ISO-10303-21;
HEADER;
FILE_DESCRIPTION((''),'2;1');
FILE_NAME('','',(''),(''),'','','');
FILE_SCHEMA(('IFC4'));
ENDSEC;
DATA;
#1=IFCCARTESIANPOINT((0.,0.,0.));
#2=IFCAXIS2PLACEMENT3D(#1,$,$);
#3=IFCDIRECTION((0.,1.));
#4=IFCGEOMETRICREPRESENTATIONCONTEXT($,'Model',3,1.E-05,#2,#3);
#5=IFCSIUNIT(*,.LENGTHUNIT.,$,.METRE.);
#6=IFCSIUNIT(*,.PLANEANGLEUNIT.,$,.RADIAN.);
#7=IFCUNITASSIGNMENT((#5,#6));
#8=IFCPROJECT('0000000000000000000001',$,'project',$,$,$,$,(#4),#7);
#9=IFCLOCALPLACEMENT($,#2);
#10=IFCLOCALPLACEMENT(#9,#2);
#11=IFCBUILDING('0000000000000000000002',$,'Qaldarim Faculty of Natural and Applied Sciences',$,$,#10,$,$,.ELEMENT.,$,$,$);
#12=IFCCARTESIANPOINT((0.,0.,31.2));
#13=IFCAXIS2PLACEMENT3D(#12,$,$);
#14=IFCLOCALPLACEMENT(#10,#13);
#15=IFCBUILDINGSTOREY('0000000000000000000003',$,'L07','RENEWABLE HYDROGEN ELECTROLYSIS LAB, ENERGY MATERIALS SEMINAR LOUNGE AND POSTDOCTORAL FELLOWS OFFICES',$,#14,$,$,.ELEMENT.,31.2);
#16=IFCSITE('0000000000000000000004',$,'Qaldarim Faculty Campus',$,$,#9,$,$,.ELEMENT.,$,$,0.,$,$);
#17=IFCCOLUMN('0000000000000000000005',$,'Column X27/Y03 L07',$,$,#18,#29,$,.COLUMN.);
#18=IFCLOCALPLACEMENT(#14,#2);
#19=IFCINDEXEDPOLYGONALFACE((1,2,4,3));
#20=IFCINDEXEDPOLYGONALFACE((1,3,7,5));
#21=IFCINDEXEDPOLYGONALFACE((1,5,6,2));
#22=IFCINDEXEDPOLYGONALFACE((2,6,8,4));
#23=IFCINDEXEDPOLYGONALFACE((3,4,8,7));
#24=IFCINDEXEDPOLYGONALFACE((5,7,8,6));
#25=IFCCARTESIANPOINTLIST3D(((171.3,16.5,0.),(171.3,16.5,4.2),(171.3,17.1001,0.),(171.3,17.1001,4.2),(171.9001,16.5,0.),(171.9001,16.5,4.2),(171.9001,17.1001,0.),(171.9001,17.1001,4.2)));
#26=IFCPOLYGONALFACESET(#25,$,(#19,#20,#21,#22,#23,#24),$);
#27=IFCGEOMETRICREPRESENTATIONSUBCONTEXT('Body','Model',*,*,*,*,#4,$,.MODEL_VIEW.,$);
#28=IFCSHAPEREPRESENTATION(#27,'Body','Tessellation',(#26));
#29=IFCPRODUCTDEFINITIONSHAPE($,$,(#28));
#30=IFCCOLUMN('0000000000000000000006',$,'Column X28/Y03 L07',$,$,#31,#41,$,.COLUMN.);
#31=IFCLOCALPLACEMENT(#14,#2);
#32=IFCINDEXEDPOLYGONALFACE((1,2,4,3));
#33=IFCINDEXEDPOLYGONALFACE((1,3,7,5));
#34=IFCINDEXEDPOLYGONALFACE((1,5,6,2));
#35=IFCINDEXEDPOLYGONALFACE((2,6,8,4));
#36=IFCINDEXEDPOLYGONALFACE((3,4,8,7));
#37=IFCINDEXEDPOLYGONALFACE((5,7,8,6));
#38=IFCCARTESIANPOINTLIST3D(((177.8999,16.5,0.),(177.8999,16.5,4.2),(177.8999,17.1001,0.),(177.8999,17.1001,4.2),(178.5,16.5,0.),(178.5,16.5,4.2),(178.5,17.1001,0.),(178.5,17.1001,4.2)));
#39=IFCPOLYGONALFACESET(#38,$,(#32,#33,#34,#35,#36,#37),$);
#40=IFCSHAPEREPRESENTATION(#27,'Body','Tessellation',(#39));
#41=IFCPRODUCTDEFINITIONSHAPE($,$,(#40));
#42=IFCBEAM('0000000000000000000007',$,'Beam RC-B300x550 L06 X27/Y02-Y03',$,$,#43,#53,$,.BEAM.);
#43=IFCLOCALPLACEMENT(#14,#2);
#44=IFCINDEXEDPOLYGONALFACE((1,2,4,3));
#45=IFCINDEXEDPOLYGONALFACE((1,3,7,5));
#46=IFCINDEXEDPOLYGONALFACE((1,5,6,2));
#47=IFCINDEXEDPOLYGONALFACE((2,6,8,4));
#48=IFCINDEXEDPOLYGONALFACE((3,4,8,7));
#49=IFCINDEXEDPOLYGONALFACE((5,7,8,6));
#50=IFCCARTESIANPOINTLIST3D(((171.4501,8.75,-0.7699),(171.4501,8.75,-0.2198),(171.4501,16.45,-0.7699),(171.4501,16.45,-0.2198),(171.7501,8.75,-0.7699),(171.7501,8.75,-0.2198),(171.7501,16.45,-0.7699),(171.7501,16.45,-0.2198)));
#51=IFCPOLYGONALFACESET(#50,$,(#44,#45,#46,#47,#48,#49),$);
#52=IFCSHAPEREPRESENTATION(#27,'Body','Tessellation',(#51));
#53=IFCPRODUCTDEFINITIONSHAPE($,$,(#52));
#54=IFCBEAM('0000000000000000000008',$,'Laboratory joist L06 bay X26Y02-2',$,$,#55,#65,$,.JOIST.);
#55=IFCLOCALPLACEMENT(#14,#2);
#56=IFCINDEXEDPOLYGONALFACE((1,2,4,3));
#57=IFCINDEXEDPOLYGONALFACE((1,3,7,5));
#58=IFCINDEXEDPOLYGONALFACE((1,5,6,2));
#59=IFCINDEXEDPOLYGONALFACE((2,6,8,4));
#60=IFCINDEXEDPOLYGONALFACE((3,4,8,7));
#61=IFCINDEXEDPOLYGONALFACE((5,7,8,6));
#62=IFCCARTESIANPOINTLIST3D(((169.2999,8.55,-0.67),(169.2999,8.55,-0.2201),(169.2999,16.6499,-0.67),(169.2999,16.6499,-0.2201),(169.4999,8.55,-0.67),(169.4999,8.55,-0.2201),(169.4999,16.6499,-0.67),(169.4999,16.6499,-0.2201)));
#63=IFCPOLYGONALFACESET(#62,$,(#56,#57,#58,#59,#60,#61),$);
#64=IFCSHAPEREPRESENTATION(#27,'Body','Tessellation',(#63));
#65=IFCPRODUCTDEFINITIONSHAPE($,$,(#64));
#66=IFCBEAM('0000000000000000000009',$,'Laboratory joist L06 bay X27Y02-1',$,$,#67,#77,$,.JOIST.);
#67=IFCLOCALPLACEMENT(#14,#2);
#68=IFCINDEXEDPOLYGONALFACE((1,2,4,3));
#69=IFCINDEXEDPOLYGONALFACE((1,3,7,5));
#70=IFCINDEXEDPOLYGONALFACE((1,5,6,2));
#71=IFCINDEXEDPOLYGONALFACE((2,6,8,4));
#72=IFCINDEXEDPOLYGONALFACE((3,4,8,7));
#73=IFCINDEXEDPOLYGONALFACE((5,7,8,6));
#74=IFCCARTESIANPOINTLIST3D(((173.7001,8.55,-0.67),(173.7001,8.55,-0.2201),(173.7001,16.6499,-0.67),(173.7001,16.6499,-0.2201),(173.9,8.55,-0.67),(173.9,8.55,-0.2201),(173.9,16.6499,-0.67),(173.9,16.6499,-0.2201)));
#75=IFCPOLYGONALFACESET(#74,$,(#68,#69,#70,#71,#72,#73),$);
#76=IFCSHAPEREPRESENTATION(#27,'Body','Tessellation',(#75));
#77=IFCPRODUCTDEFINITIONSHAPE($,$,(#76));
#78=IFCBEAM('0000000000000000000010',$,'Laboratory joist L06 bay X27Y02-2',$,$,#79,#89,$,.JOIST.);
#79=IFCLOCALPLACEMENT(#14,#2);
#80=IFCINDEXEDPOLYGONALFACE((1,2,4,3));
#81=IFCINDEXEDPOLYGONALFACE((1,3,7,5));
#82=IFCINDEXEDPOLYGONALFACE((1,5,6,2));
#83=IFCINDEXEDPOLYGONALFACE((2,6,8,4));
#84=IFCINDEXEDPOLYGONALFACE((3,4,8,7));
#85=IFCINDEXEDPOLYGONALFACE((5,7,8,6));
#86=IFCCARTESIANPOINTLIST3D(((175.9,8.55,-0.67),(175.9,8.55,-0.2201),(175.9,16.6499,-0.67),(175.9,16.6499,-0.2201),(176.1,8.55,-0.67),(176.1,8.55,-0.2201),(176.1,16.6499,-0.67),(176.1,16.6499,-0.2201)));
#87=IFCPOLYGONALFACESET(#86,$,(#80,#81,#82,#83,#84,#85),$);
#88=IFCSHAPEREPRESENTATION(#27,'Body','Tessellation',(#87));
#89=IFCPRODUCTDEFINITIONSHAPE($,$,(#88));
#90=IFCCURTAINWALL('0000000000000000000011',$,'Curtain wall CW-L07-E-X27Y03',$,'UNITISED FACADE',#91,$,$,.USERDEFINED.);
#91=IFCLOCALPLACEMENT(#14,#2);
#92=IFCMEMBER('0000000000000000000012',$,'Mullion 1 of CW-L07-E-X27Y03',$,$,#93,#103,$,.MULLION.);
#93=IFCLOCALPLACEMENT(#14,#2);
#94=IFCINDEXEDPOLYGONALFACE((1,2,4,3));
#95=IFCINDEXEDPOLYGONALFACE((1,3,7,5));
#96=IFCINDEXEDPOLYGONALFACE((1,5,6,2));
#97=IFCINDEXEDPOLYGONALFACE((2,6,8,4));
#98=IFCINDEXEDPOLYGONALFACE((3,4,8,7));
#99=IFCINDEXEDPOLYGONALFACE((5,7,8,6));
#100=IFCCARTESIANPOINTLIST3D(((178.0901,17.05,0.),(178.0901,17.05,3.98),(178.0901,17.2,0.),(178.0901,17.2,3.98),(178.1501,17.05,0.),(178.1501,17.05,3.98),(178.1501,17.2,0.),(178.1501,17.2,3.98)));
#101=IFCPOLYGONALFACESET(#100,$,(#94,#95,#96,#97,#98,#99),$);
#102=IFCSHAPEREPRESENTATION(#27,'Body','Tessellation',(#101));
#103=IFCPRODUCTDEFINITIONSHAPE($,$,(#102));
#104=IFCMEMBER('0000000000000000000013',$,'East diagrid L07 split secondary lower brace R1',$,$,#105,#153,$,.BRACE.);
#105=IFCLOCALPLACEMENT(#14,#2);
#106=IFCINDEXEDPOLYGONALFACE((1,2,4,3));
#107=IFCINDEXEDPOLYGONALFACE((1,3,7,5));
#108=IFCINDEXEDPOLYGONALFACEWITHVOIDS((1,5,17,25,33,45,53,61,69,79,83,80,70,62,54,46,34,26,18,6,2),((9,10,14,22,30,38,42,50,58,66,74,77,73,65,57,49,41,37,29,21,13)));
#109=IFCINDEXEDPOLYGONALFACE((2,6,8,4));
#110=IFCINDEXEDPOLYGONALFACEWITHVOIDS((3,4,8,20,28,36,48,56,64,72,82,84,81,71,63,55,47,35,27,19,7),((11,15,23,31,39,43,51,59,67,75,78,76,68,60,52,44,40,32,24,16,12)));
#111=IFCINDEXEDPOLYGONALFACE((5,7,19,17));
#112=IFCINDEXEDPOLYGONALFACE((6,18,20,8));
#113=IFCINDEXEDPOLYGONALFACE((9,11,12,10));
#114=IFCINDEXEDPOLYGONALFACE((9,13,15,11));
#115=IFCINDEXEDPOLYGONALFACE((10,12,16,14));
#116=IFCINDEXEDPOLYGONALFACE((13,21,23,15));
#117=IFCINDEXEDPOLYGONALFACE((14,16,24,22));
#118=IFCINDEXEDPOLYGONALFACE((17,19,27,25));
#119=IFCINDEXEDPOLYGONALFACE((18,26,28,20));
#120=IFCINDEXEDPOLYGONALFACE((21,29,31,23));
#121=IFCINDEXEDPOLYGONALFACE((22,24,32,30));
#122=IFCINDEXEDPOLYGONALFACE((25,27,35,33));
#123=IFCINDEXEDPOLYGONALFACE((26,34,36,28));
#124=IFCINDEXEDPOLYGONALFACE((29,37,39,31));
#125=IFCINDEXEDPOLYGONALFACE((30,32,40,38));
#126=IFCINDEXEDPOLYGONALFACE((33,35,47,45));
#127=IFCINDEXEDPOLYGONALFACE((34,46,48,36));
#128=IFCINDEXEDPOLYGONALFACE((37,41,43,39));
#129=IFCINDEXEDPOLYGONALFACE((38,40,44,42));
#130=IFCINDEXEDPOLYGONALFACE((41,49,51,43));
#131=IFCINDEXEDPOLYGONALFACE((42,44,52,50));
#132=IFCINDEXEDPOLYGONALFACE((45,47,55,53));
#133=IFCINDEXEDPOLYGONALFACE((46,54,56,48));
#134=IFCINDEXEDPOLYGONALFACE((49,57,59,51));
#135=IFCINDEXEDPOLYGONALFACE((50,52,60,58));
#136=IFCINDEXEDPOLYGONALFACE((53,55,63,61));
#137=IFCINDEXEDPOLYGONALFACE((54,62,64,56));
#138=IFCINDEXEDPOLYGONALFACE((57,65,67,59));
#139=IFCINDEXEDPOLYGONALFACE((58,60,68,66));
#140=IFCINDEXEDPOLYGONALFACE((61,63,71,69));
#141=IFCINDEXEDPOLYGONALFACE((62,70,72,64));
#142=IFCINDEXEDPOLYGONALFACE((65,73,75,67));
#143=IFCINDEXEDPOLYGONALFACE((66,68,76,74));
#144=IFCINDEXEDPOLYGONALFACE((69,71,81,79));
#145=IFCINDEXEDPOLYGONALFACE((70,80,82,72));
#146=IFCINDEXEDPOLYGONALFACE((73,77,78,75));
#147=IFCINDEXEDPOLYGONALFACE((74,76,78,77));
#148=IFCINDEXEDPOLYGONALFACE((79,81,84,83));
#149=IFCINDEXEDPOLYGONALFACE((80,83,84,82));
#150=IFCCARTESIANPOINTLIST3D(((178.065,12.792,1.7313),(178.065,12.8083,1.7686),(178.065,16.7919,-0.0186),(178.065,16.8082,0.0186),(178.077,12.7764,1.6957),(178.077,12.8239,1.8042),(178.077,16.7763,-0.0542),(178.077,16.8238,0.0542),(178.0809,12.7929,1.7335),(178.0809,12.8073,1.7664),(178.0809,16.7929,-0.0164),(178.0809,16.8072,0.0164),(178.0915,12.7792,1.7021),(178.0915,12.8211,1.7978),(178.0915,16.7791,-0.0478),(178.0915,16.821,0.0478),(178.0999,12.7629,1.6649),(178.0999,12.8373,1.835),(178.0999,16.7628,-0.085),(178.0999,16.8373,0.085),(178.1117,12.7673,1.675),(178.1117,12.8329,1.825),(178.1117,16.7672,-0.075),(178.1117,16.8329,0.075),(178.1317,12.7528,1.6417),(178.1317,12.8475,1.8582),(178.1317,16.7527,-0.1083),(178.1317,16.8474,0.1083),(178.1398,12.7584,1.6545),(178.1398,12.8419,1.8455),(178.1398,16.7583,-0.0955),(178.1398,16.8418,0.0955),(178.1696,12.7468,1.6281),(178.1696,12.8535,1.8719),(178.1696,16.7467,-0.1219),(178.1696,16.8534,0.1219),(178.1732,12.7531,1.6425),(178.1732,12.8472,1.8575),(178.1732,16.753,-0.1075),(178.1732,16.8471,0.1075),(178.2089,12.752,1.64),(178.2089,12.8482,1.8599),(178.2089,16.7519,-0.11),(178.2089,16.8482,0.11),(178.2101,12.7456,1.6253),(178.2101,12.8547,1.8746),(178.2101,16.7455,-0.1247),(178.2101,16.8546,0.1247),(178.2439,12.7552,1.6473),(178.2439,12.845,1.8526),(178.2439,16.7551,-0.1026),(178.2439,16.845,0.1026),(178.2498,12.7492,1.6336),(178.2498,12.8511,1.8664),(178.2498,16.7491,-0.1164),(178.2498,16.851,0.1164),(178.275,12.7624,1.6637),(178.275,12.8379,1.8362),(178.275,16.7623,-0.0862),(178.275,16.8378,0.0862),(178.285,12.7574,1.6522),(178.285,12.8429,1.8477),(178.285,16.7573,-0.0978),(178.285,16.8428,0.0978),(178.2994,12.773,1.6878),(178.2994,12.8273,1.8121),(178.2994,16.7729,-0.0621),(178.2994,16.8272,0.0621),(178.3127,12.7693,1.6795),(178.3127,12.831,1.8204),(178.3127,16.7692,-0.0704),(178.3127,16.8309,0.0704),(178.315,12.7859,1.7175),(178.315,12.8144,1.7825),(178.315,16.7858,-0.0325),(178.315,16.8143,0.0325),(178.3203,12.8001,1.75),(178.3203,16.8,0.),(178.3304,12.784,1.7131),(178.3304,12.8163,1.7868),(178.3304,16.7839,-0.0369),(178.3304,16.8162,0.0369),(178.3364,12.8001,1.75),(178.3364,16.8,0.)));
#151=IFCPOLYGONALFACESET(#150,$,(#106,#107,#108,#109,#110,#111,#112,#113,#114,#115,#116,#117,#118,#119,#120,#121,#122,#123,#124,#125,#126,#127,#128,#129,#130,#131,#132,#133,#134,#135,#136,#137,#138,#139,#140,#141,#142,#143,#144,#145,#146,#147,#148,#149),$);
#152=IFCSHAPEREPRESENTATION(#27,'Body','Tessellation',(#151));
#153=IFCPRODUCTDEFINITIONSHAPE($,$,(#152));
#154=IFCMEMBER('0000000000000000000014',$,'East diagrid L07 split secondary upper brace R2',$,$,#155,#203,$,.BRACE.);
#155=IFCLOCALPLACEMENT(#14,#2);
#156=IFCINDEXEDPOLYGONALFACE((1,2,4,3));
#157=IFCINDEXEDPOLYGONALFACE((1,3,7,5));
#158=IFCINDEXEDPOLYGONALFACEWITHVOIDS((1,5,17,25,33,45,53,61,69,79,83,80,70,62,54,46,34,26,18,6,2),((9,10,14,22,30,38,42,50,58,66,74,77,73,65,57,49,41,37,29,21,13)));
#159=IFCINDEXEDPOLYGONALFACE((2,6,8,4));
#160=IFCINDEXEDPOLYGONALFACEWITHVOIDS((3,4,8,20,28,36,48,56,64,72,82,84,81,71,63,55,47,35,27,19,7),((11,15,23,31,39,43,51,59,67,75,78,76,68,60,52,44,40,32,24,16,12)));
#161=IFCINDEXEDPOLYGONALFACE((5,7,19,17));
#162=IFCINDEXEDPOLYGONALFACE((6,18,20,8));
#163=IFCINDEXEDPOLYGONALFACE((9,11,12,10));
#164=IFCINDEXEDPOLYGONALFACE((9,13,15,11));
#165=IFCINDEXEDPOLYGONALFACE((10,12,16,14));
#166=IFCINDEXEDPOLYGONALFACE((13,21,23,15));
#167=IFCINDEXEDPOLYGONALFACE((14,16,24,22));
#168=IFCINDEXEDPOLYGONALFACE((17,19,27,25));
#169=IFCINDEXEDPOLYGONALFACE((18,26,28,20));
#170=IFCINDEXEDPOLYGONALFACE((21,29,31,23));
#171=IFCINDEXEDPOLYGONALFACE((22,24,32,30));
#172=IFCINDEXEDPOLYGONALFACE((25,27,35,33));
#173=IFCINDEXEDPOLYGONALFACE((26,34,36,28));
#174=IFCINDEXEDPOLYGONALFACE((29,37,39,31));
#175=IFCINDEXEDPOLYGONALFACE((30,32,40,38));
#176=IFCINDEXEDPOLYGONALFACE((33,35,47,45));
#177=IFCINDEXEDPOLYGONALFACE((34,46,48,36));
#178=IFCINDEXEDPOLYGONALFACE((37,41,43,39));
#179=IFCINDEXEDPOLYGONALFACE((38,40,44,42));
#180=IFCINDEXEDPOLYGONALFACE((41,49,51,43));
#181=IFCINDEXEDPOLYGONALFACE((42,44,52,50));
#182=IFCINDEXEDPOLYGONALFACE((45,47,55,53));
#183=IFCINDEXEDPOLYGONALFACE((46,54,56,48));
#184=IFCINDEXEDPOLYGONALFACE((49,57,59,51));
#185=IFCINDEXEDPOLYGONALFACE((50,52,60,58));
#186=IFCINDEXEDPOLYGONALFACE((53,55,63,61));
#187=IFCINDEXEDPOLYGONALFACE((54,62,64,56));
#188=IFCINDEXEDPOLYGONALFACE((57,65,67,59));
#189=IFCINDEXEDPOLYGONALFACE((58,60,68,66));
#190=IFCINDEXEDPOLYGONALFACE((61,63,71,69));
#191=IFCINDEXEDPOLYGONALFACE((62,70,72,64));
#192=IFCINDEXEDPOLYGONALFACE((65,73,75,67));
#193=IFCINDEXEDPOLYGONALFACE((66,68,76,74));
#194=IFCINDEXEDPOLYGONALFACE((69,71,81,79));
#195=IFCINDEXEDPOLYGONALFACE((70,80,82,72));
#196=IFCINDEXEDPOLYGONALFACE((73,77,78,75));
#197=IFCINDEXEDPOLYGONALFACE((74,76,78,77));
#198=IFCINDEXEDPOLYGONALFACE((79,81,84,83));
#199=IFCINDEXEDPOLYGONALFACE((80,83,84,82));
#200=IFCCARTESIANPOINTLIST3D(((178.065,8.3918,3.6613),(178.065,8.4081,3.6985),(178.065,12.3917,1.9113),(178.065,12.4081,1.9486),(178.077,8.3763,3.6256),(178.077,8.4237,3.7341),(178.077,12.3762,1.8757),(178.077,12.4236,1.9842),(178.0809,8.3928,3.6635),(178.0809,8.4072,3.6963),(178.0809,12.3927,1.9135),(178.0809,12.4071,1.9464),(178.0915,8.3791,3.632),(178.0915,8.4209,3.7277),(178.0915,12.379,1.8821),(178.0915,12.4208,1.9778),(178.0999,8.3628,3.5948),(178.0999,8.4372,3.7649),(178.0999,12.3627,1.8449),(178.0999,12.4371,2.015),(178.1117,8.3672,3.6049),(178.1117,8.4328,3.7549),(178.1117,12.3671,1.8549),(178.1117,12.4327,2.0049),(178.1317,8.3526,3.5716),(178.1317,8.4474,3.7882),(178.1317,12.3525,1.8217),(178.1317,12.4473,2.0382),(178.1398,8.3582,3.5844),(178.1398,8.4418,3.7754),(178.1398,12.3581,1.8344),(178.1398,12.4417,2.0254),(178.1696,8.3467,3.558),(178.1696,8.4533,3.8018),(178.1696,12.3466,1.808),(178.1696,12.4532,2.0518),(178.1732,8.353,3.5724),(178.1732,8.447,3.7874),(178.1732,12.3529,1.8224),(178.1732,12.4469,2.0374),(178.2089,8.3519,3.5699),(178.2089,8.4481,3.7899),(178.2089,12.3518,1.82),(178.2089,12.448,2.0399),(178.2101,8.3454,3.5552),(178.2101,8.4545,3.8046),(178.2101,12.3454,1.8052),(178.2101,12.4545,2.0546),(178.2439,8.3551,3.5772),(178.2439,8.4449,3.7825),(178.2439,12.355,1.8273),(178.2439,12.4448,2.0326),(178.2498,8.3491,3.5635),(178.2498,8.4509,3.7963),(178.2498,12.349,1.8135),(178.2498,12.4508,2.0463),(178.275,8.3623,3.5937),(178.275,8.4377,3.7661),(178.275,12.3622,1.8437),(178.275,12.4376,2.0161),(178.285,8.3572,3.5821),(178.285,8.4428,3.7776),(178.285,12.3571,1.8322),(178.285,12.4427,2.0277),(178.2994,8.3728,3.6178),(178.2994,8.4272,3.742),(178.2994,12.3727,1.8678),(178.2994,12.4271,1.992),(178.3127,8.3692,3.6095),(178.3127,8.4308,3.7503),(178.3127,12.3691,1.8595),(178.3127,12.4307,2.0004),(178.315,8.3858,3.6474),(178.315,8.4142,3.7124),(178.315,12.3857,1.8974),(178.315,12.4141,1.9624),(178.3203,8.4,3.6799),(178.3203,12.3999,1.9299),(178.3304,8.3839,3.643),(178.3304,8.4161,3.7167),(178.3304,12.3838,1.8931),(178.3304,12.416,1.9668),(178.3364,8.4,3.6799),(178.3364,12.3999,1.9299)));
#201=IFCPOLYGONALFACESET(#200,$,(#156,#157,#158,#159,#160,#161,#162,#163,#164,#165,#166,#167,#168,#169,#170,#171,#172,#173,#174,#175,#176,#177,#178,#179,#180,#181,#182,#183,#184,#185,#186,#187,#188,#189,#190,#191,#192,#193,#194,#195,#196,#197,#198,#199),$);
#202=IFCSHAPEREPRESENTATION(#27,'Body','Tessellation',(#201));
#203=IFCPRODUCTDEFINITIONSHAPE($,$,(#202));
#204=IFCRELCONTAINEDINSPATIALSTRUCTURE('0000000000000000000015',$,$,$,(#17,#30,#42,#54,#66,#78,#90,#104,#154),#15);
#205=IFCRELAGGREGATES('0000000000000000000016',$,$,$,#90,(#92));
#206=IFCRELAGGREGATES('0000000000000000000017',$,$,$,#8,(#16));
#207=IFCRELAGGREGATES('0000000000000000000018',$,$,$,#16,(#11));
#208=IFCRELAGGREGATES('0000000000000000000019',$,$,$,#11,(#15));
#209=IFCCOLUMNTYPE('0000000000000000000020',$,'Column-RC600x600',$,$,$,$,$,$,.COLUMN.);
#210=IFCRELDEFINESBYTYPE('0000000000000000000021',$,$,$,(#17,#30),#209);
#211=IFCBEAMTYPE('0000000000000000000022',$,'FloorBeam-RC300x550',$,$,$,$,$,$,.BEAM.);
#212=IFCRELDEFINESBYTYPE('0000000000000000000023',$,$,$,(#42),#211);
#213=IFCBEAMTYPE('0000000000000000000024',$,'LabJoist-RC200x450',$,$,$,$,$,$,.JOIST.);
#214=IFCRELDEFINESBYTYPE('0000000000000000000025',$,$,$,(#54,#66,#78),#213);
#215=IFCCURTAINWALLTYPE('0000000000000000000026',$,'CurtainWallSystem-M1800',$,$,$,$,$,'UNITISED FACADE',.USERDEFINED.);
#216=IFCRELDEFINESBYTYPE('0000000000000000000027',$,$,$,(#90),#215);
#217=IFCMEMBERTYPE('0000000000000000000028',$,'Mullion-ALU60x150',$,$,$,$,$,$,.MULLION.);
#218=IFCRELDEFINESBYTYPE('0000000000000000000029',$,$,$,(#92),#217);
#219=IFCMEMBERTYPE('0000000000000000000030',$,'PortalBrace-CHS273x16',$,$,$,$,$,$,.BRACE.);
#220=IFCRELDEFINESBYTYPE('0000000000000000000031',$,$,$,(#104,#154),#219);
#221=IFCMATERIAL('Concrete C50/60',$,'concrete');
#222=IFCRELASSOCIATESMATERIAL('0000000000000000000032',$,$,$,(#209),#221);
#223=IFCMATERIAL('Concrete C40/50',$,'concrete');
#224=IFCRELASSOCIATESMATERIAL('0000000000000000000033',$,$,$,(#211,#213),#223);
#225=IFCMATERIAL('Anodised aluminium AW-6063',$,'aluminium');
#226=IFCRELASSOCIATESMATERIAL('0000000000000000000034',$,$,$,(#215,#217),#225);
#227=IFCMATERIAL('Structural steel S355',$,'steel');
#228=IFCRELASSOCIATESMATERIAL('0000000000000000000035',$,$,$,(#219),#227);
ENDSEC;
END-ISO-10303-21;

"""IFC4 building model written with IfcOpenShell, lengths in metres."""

from ifc_helpers import new_model, si_unit, direction, frame, origin, origin_2d, place, context, subcontext, project, spatial, rectangle, hollow_circle, extrude, material, material_profile, profile_set, type_object, element, aggregate, save


model = new_model("IFC4")

# Units and contexts
model_context = context("Model", 3, precision=1e-05, world=origin(), true_north=direction((0.0, 1.0)))
body_context = subcontext(model_context, "Body", "Model", "MODEL_VIEW")
ifc_project = project(units=[si_unit("LENGTHUNIT", "METRE"), si_unit("PLANEANGLEUNIT", "RADIAN")], contexts=[model_context])

# Site, building, storey
site_placement = place(None, origin())
site = spatial("IfcSite", under=ifc_project, at=site_placement, Name="Qaldarim Faculty Campus", CompositionType="ELEMENT", RefElevation=0.0)
building_placement = place(site_placement, origin())
building = spatial("IfcBuilding", under=site, at=building_placement, Name="Qaldarim Faculty of Natural and Applied Sciences", CompositionType="ELEMENT")
storey_placement = place(building_placement, frame((0.0, 0.0, 31.2)))
storey = spatial("IfcBuildingStorey", under=building, at=storey_placement, Name="L07", Description="RENEWABLE HYDROGEN ELECTROLYSIS LAB, ENERGY MATERIALS SEMINAR LOUNGE AND POSTDOCTORAL FELLOWS OFFICES", CompositionType="ELEMENT", Elevation=31.2)

# Columns
ifc_material_1 = material(Name="Concrete C50/60", Category="concrete")
ifc_material_profile_1 = material_profile(ifc_material_1, rectangle(XDim=0.6001, YDim=0.6001, at=origin_2d()), Name="RC-C600x600")
ifc_profile_set_1 = profile_set([ifc_material_profile_1], Name="Concrete C50/60")
column_type = type_object("IfcColumnType", Name="Column-RC600x600", PredefinedType="COLUMN", material=ifc_profile_set_1)
for number, where, z_axis, x_axis, name in (
    (1, (171.6001, 16.8, 0.0), (0.0, 0.0, 1.0), (1.0, 0.0, 0.0), "Column X27/Y03 L07"),
    (2, (178.2, 16.8, 0.0), (0.0, 0.0, 1.0), (1.0, 0.0, 0.0), "Column X28/Y03 L07"),
):
    element("IfcColumn", number, at=place(storey_placement, frame(where, z_axis=z_axis, x_axis=x_axis)), inside=storey, type_object=column_type, Name=name, PredefinedType="COLUMN", context=body_context, shape_type="SweptSolid", body=[
        extrude(rectangle(XDim=0.6001, YDim=0.6001, at=origin_2d()), origin(), (0.0, 0.0, 1.0), 4.2),
    ])

# Beams
ifc_material_2 = material(Name="Concrete C40/50", Category="concrete")
ifc_material_profile_2 = material_profile(ifc_material_2, rectangle(XDim=0.3, YDim=0.55, at=origin_2d()), Name="RC-B300x550")
ifc_profile_set_2 = profile_set([ifc_material_profile_2], Name="Concrete C40/50")
beam_type_1 = type_object("IfcBeamType", Name="FloorBeam-RC300x550", PredefinedType="BEAM", material=ifc_profile_set_2)
beam_1_placement = place(storey_placement, frame((171.6001, 8.75, -0.4949), z_axis=(0.0, 1.0, 0.0), x_axis=(-1.0, 0.0, 0.0)))
element("IfcBeam", 3, at=beam_1_placement, inside=storey, type_object=beam_type_1, Name="Beam RC-B300x550 L06 X27/Y02-Y03", PredefinedType="BEAM", context=body_context, shape_type="SweptSolid", body=[
    extrude(rectangle(XDim=0.3, YDim=0.55, at=origin_2d()), origin(), (0.0, 0.0, 1.0), 7.7),
])
ifc_material_profile_3 = material_profile(ifc_material_2, rectangle(XDim=0.2, YDim=0.45, at=origin_2d()), Name="RC-J200x450")
ifc_profile_set_3 = profile_set([ifc_material_profile_3], Name="Concrete C40/50")
beam_type_2 = type_object("IfcBeamType", Name="LabJoist-RC200x450", PredefinedType="JOIST", material=ifc_profile_set_3)
for number, where, z_axis, x_axis, name in (
    (4, (169.3999, 8.55, -0.4451), (0.0, 1.0, 0.0), (-1.0, 0.0, 0.0), "Laboratory joist L06 bay X26Y02-2"),
    (5, (173.8, 8.55, -0.4451), (0.0, 1.0, 0.0), (-1.0, 0.0, 0.0), "Laboratory joist L06 bay X27Y02-1"),
    (6, (176.0, 8.55, -0.4451), (0.0, 1.0, 0.0), (-1.0, 0.0, 0.0), "Laboratory joist L06 bay X27Y02-2"),
):
    element("IfcBeam", number, at=place(storey_placement, frame(where, z_axis=z_axis, x_axis=x_axis)), inside=storey, type_object=beam_type_2, Name=name, PredefinedType="JOIST", context=body_context, shape_type="SweptSolid", body=[
        extrude(rectangle(XDim=0.2, YDim=0.45, at=origin_2d()), origin(), (0.0, 0.0, 1.0), 8.0999),
    ])

# Curtain wall, member
ifc_material_3 = material(Name="Anodised aluminium AW-6063", Category="aluminium")
curtain_wall_type = type_object("IfcCurtainWallType", Name="CurtainWallSystem-M1800", ElementType="UNITISED FACADE", PredefinedType="USERDEFINED", material=ifc_material_3)
curtain_wall_placement = place(storey_placement, origin())
curtain_wall = element("IfcCurtainWall", 7, at=curtain_wall_placement, inside=storey, type_object=curtain_wall_type, Name="Curtain wall CW-L07-E-X27Y03", ObjectType="UNITISED FACADE", PredefinedType="USERDEFINED")
ifc_material_profile_4 = material_profile(ifc_material_3, rectangle(XDim=0.0601, YDim=0.1499, at=origin_2d()), Name="ALU-M60x150")
ifc_profile_set_4 = profile_set([ifc_material_profile_4], Name="Anodised aluminium AW-6063")
member_type_1 = type_object("IfcMemberType", Name="Mullion-ALU60x150", PredefinedType="MULLION", material=ifc_profile_set_4)
member_placement = place(storey_placement, frame((178.1201, 17.125, 0.0), z_axis=(0.0, 0.0, 1.0), x_axis=(-1.0, 0.0, 0.0)))
member = element("IfcMember", 8, at=member_placement, type_object=member_type_1, Name="Mullion 1 of CW-L07-E-X27Y03", PredefinedType="MULLION", context=body_context, shape_type="SweptSolid", body=[
    extrude(rectangle(XDim=0.0601, YDim=0.1499, at=origin_2d()), origin(), (0.0, 0.0, 1.0), 3.98),
])
aggregate(curtain_wall, [member])

# Members
ifc_material_4 = material(Name="Structural steel S355", Category="steel")
ifc_material_profile_5 = material_profile(ifc_material_4, hollow_circle(Radius=0.1365, WallThickness=0.0161, at=origin_2d()), Name="CHS 273.0x16.0")
ifc_profile_set_5 = profile_set([ifc_material_profile_5], Name="Structural steel S355")
member_type_2 = type_object("IfcMemberType", Name="PortalBrace-CHS273x16", PredefinedType="BRACE", material=ifc_profile_set_5)
for number, where, z_axis, x_axis, name in (
    (9, (178.2, 16.8, 0.0), (0.0, -0.916157, 0.400819), (1.0, 0.0, 0.0), "East diagrid L07 split secondary lower brace R1"),
    (10, (178.2, 12.3999, 1.9299), (0.0, -0.916157, 0.400819), (1.0, 0.0, 0.0), "East diagrid L07 split secondary upper brace R2"),
):
    element("IfcMember", number, at=place(storey_placement, frame(where, z_axis=z_axis, x_axis=x_axis)), inside=storey, type_object=member_type_2, Name=name, PredefinedType="BRACE", context=body_context, shape_type="SweptSolid", body=[
        extrude(hollow_circle(Radius=0.1365, WallThickness=0.0161, at=origin_2d()), origin(), (0.0, 0.0, 1.0), 4.366),
    ])

save(model, "model.ifc")
